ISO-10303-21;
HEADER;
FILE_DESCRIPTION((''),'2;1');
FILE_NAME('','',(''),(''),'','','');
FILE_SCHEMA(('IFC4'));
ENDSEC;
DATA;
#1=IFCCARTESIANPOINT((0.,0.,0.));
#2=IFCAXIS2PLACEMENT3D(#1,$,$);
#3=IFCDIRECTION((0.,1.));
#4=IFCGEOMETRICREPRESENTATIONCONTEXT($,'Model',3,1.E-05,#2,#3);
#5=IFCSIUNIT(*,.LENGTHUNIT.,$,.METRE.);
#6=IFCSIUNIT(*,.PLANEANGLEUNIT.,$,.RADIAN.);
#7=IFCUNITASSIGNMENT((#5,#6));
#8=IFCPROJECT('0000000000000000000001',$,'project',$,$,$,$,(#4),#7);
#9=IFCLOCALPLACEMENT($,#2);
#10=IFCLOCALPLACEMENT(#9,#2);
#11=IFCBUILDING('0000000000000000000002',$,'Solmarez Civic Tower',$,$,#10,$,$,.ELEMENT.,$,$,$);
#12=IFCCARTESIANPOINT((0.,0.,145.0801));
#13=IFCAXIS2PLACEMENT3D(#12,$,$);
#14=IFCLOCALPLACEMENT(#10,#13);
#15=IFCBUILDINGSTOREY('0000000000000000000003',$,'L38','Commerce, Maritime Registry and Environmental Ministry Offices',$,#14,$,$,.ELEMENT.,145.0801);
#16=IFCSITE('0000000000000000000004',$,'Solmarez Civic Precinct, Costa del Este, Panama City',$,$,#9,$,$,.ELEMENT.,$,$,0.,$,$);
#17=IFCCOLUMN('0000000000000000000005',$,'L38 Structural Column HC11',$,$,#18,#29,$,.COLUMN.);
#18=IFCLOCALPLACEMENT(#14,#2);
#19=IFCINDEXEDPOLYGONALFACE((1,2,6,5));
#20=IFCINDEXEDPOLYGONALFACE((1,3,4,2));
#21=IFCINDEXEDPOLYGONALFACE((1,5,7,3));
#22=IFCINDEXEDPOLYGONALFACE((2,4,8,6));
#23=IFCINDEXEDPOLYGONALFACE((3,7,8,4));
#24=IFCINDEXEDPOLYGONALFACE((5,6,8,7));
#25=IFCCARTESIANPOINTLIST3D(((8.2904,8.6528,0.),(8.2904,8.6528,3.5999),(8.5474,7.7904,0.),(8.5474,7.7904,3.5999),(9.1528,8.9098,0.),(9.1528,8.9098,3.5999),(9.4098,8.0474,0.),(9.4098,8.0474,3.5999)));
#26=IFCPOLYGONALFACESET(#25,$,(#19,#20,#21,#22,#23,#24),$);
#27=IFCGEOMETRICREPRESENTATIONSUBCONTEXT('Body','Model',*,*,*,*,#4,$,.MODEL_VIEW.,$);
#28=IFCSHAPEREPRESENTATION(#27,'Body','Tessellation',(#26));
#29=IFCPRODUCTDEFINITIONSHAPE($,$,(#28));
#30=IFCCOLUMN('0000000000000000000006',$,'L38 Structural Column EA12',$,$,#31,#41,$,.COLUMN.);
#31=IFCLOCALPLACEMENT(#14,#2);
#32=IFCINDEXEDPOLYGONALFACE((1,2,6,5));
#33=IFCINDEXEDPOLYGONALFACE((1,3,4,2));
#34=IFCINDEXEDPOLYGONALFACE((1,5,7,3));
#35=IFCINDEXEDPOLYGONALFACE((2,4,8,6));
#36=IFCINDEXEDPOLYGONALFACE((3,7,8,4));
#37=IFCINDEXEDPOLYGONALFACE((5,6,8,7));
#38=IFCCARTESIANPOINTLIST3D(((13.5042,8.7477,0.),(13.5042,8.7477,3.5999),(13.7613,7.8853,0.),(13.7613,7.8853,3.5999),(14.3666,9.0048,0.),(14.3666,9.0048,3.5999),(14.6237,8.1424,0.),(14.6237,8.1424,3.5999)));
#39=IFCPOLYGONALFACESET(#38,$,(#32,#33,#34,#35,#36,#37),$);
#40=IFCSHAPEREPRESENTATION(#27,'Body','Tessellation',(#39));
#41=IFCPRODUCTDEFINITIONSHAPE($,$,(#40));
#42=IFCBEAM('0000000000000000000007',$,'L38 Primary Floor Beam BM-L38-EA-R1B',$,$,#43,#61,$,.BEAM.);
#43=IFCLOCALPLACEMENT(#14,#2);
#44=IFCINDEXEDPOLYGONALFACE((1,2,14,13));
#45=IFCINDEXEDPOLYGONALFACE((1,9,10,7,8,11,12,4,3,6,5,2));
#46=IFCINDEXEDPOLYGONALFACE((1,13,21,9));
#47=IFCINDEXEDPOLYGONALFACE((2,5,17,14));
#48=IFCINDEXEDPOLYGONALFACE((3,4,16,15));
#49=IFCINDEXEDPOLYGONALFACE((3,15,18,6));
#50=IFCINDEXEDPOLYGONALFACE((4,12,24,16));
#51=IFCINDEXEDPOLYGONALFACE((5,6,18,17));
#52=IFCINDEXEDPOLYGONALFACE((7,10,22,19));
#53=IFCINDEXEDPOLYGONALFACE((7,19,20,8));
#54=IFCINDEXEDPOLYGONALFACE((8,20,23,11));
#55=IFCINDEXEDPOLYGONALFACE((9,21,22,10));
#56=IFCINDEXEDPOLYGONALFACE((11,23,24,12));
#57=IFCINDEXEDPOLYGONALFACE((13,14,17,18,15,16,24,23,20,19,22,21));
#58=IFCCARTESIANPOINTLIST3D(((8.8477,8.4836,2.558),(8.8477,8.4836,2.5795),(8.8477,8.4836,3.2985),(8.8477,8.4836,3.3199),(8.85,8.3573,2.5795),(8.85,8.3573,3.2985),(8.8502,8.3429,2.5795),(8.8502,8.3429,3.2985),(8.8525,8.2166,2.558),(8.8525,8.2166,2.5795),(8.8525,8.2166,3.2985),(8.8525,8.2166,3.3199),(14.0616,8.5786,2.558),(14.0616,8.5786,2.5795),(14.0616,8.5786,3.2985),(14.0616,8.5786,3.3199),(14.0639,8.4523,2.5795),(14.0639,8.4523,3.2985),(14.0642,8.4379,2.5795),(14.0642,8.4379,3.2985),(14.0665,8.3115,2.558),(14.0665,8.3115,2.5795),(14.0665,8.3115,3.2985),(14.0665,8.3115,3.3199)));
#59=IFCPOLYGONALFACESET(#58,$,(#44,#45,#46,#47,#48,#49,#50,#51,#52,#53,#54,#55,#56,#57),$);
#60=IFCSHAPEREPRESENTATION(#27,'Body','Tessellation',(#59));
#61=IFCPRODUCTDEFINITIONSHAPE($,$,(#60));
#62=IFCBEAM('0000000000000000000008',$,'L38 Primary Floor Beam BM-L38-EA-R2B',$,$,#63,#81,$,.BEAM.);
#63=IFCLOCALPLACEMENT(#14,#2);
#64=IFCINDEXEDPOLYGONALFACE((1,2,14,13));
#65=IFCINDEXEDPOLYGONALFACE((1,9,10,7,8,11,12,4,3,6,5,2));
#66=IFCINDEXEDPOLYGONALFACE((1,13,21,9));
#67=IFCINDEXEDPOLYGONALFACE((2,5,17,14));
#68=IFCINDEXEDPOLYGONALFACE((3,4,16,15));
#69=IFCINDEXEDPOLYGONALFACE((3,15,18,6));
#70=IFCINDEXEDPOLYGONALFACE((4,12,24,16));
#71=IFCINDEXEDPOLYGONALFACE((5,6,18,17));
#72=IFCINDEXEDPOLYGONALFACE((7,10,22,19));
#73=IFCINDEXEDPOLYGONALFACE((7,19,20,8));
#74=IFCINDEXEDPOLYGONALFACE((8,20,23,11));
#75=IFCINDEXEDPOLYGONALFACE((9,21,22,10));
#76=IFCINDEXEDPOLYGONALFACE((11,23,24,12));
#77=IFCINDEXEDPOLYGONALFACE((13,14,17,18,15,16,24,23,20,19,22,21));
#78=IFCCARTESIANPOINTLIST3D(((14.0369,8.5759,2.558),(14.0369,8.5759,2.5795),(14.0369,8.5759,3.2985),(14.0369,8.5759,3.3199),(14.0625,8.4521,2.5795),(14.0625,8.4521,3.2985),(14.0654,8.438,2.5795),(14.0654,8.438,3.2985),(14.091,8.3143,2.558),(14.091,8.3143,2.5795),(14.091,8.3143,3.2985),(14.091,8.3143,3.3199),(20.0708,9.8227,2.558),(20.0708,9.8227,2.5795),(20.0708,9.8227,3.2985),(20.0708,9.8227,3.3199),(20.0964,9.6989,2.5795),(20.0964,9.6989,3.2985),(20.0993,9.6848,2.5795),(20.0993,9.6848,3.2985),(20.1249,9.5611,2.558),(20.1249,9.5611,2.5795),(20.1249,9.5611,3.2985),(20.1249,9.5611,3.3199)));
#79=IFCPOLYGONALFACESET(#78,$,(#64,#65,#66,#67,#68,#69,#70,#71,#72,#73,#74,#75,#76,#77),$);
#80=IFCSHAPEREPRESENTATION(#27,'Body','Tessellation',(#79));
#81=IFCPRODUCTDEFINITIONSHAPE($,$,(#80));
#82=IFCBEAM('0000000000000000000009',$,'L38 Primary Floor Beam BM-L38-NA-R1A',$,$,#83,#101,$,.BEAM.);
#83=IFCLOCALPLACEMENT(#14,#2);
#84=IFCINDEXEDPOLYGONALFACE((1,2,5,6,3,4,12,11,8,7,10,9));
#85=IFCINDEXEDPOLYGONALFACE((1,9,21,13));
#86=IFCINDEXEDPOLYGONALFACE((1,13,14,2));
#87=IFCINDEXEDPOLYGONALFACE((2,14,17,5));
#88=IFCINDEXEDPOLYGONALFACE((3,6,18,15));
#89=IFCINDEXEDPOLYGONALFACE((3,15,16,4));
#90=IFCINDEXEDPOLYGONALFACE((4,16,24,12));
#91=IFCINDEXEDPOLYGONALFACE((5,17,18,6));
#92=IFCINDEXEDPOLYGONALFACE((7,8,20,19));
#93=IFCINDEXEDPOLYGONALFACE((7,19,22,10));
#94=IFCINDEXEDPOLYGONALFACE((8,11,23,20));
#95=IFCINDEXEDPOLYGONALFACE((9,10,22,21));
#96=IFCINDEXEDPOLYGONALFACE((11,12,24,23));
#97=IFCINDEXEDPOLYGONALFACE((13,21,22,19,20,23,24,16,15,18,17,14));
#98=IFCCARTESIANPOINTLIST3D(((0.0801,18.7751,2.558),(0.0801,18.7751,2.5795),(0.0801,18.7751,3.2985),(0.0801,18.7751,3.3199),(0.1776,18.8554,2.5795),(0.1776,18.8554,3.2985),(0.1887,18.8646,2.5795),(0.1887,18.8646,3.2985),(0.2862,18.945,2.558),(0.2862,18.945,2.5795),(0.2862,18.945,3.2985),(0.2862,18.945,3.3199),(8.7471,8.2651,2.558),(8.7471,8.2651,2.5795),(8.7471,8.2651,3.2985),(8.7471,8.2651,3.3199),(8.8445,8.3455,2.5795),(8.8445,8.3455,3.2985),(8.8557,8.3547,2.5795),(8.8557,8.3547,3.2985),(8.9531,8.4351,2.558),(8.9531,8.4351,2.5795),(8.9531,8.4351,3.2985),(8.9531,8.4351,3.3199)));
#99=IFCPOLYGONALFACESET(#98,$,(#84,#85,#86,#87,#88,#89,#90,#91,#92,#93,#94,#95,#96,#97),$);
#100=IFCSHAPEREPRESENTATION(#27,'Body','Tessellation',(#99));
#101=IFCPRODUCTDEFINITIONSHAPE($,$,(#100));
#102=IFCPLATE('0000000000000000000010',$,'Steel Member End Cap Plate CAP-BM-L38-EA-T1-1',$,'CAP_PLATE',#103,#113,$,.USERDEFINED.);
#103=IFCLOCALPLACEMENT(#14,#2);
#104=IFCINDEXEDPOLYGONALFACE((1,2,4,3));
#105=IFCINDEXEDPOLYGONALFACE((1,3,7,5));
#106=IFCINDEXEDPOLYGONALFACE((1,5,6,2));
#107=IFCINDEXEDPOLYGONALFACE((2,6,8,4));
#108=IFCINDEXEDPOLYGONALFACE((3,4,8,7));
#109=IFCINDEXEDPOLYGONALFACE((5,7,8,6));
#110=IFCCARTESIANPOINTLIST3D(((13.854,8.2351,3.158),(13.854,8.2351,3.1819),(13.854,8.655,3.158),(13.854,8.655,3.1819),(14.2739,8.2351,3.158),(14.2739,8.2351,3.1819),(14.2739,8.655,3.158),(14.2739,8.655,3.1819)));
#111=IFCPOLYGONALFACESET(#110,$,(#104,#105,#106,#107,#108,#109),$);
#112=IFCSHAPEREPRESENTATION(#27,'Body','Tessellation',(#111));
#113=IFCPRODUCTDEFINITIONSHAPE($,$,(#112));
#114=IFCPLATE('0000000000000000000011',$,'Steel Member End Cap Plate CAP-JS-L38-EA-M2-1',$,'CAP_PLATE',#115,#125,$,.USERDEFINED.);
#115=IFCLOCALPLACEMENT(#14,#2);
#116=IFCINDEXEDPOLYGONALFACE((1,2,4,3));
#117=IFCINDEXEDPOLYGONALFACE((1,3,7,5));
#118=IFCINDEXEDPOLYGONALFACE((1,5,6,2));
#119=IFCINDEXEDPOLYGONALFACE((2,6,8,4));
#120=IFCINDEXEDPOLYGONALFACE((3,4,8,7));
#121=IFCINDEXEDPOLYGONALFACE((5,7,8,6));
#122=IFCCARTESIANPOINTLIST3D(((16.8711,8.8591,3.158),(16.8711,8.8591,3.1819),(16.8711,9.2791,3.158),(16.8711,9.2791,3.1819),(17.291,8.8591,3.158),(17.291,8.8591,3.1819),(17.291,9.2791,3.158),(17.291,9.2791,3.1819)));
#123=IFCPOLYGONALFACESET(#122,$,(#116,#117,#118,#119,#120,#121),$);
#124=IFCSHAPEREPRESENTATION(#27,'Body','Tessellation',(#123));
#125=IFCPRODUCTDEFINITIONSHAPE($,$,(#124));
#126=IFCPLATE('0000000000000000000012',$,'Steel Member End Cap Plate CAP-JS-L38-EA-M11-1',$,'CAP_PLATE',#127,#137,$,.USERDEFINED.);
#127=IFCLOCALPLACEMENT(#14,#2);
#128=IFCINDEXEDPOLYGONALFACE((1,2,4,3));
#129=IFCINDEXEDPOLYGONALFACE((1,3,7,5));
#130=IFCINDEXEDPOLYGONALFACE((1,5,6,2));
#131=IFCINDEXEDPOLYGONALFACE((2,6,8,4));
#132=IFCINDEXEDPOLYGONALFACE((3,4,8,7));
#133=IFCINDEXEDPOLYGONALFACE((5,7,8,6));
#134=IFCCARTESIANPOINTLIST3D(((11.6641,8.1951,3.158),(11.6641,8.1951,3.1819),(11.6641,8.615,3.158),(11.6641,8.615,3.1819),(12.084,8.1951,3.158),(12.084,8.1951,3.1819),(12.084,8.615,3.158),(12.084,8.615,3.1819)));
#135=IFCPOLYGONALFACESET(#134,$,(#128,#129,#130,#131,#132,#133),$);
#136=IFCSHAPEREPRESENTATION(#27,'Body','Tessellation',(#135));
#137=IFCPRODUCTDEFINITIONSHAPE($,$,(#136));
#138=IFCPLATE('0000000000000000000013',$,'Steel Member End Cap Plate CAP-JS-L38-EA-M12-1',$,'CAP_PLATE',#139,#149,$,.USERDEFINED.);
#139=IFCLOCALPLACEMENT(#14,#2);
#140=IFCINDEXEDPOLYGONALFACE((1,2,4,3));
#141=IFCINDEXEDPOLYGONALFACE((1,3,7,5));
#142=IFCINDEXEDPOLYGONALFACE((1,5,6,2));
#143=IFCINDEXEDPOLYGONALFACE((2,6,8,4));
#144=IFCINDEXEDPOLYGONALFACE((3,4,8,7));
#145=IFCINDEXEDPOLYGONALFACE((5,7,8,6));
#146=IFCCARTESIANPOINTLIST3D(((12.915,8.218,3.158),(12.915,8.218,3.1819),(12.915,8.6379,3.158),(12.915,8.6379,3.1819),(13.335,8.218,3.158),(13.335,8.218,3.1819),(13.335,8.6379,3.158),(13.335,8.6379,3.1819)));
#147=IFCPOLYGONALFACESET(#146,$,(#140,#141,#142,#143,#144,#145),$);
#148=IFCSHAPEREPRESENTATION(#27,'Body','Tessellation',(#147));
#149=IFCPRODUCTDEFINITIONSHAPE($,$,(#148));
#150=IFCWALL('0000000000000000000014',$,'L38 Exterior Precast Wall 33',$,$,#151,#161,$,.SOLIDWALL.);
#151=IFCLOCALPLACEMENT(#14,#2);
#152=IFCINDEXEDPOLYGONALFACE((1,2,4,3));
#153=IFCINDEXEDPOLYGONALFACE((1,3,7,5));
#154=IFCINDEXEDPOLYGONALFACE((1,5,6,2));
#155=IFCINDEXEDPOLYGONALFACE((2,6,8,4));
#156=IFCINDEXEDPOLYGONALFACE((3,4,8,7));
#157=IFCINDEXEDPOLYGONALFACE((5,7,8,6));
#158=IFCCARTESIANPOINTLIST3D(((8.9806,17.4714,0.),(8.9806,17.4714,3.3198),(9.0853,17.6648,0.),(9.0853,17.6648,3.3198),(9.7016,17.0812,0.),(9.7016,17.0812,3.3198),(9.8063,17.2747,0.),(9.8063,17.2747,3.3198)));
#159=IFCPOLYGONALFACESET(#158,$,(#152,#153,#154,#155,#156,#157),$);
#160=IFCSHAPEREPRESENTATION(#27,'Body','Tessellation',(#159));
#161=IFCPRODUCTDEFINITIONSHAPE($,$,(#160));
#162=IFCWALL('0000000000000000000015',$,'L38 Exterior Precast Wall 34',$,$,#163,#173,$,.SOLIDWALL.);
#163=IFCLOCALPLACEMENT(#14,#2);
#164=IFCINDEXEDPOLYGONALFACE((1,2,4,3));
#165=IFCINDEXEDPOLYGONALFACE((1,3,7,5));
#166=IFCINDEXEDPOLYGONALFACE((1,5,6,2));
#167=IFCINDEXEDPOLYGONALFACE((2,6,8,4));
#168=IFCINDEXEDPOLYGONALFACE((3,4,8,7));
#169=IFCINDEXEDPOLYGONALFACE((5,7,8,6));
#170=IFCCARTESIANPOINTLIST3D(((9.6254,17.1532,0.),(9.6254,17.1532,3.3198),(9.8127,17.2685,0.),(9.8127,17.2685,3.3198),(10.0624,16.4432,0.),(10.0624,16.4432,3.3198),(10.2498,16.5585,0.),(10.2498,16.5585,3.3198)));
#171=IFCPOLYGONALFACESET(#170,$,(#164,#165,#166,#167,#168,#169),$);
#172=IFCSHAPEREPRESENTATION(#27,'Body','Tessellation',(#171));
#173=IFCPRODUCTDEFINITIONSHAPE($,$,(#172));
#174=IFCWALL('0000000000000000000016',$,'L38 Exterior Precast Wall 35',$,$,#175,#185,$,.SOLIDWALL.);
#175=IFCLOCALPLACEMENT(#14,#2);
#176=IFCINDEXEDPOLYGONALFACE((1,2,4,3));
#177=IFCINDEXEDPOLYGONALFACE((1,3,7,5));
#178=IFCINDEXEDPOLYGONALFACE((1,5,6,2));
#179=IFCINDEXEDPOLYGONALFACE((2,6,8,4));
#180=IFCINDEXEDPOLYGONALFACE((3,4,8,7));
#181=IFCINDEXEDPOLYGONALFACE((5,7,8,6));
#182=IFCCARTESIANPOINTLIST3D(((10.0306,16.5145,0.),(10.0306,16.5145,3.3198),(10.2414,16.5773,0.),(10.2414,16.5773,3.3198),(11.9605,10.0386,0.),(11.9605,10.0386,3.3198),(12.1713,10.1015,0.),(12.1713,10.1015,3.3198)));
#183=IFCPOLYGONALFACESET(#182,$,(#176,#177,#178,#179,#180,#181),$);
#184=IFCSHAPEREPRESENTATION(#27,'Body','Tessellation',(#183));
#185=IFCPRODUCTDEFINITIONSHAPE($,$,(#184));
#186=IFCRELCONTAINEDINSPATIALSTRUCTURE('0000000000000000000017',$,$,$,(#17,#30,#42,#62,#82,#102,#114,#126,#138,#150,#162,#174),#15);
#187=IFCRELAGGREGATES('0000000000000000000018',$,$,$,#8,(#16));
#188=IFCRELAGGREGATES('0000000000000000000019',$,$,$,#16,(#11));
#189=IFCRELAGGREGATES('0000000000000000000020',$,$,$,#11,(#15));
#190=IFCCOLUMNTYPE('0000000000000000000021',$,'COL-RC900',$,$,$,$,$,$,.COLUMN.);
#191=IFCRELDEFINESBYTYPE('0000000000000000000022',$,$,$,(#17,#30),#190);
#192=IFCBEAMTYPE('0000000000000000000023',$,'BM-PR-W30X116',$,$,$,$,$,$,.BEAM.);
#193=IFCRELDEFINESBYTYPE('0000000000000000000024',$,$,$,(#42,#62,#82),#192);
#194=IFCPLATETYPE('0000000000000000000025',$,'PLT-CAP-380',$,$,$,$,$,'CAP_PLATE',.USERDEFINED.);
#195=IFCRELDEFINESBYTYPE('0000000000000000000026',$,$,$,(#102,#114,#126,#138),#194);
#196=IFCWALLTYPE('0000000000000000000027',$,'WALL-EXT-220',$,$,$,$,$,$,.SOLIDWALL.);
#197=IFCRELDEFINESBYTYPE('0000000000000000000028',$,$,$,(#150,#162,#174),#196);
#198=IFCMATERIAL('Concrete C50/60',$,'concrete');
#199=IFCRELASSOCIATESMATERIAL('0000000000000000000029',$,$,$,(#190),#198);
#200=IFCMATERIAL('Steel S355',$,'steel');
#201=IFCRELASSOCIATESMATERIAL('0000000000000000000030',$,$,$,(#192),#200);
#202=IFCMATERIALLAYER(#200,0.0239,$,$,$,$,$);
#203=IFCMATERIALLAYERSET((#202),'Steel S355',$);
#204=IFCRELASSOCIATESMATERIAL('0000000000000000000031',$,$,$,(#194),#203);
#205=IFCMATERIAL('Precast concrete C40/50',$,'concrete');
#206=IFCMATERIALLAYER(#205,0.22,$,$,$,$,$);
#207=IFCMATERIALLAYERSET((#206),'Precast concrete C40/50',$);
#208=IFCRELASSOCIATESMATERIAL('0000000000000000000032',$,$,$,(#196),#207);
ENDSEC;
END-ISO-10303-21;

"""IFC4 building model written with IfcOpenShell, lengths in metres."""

from ifc_helpers import new_model, si_unit, direction, frame, frame_2d, origin, origin_2d, place, context, subcontext, project, spatial, rectangle, i_section, extrude, material, layer, layer_set, material_profile, profile_set, type_object, element, save


model = new_model("IFC4")

# Units and contexts
model_context = context("Model", 3, precision=1e-05, world=origin(), true_north=direction((0.0, 1.0)))
body_context = subcontext(model_context, "Body", "Model", "MODEL_VIEW")
ifc_project = project(units=[si_unit("LENGTHUNIT", "METRE"), si_unit("PLANEANGLEUNIT", "RADIAN")], contexts=[model_context])

# Site, building, storey
site_placement = place(None, origin())
site = spatial("IfcSite", under=ifc_project, at=site_placement, Name="Solmarez Civic Precinct, Costa del Este, Panama City", CompositionType="ELEMENT", RefElevation=0.0)
building_placement = place(site_placement, origin())
building = spatial("IfcBuilding", under=site, at=building_placement, Name="Solmarez Civic Tower", CompositionType="ELEMENT")
storey_placement = place(building_placement, frame((0.0, 0.0, 145.0801)))
storey = spatial("IfcBuildingStorey", under=building, at=storey_placement, Name="L38", Description="Commerce, Maritime Registry and Environmental Ministry Offices", CompositionType="ELEMENT", Elevation=145.0801)

# Columns
ifc_material_1 = material(Name="Concrete C50/60", Category="concrete")
ifc_material_profile_1 = material_profile(ifc_material_1, rectangle(XDim=0.8999, YDim=0.8999, at=origin_2d()), Name="RC900X900")
ifc_profile_set_1 = profile_set([ifc_material_profile_1], Name="Concrete C50/60")
column_type = type_object("IfcColumnType", Name="COL-RC900", PredefinedType="COLUMN", material=ifc_profile_set_1)
for number, where, z_axis, x_axis, name in (
    (1, (8.8501, 8.3501, 0.0), (0.0, 0.0, 1.0), (0.958323, 0.285688, 0.0), "L38 Structural Column HC11"),
    (2, (14.064, 8.4451, 0.0), (0.0, 0.0, 1.0), (0.958323, 0.285688, 0.0), "L38 Structural Column EA12"),
):
    element("IfcColumn", number, at=place(storey_placement, frame(where, z_axis=z_axis, x_axis=x_axis)), inside=storey, type_object=column_type, Name=name, PredefinedType="COLUMN", context=body_context, shape_type="SweptSolid", body=[
        extrude(rectangle(XDim=0.8999, YDim=0.8999, at=origin_2d()), origin(), (0.0, 0.0, 1.0), 3.5999),
    ])

# Beams
ifc_material_2 = material(Name="Steel S355", Category="steel")
ifc_material_profile_2 = material_profile(ifc_material_2, i_section(OverallWidth=0.2671, OverallDepth=0.762, WebThickness=0.0144, FlangeThickness=0.0215, at=origin_2d()), Name="W30X116")
ifc_profile_set_2 = profile_set([ifc_material_profile_2], Name="Steel S355")
beam_type = type_object("IfcBeamType", Name="BM-PR-W30X116", PredefinedType="BEAM", material=ifc_profile_set_2)
beam_1_placement = place(storey_placement, frame((8.8501, 8.3501, 2.939), z_axis=(0.999834, 0.018212, 0.0), x_axis=(-0.018212, 0.999834, 0.0)))
element("IfcBeam", 3, at=beam_1_placement, inside=storey, type_object=beam_type, Name="L38 Primary Floor Beam BM-L38-EA-R1B", PredefinedType="BEAM", context=body_context, shape_type="SweptSolid", body=[
    extrude(i_section(OverallWidth=0.2671, OverallDepth=0.762, WebThickness=0.0144, FlangeThickness=0.0215, at=origin_2d()), origin(), (0.0, 0.0, 1.0), 5.2148),
])
beam_2_placement = place(storey_placement, frame((14.064, 8.4451, 2.939), z_axis=(0.979311, 0.202361, 0.0), x_axis=(-0.202361, 0.979311, 0.0)))
element("IfcBeam", 4, at=beam_2_placement, inside=storey, type_object=beam_type, Name="L38 Primary Floor Beam BM-L38-EA-R2B", PredefinedType="BEAM", context=body_context, shape_type="SweptSolid", body=[
    extrude(i_section(OverallWidth=0.2671, OverallDepth=0.762, WebThickness=0.0144, FlangeThickness=0.0215, at=origin_2d()), origin(), (0.0, 0.0, 1.0), 6.1614),
])
beam_3_placement = place(storey_placement, frame((8.8501, 8.3501, 2.939), z_axis=(-0.636218, 0.771509, 0.0), x_axis=(-0.771509, -0.636218, 0.0)))
element("IfcBeam", 5, at=beam_3_placement, inside=storey, type_object=beam_type, Name="L38 Primary Floor Beam BM-L38-NA-R1A", PredefinedType="BEAM", context=body_context, shape_type="SweptSolid", body=[
    extrude(i_section(OverallWidth=0.2671, OverallDepth=0.762, WebThickness=0.0144, FlangeThickness=0.0215, at=origin_2d()), origin(), (0.0, 0.0, 1.0), 13.6226),
])

# Plates
ifc_layer_1 = layer(ifc_material_2, 0.0239)
ifc_layer_set_1 = layer_set([ifc_layer_1], Name="Steel S355")
plate_type = type_object("IfcPlateType", Name="PLT-CAP-380", ElementType="CAP_PLATE", PredefinedType="USERDEFINED", material=ifc_layer_set_1)
for number, where, z_axis, x_axis, name in (
    (6, (14.064, 8.4451, 3.158), (0.0, 0.0, 1.0), (1.0, 0.0, 0.0), "Steel Member End Cap Plate CAP-BM-L38-EA-T1-1"),
    (7, (17.0811, 9.0691, 3.158), (0.0, 0.0, 1.0), (1.0, 0.0, 0.0), "Steel Member End Cap Plate CAP-JS-L38-EA-M2-1"),
    (8, (11.874, 8.405, 3.158), (0.0, 0.0, 1.0), (1.0, 0.0, 0.0), "Steel Member End Cap Plate CAP-JS-L38-EA-M11-1"),
    (9, (13.125, 8.428, 3.158), (0.0, 0.0, 1.0), (1.0, 0.0, 0.0), "Steel Member End Cap Plate CAP-JS-L38-EA-M12-1"),
):
    element("IfcPlate", number, at=place(storey_placement, frame(where, z_axis=z_axis, x_axis=x_axis)), inside=storey, type_object=plate_type, Name=name, ObjectType="CAP_PLATE", PredefinedType="USERDEFINED", context=body_context, shape_type="SweptSolid", body=[
        extrude(rectangle(XDim=0.4199, YDim=0.4199, at=origin_2d()), origin(), (0.0, 0.0, 1.0), 0.0239),
    ])

# Walls
ifc_material_3 = material(Name="Precast concrete C40/50", Category="concrete")
ifc_layer_2 = layer(ifc_material_3, 0.22)
ifc_layer_set_2 = layer_set([ifc_layer_2], Name="Precast concrete C40/50")
wall_type_1 = type_object("IfcWallType", Name="WALL-EXT-220", PredefinedType="SOLIDWALL", material=ifc_layer_set_2)
wall_1_placement = place(storey_placement, frame((9.033, 17.5681, 0.0), z_axis=(0.0, 0.0, 1.0), x_axis=(0.879484, -0.475928, 0.0)))
element("IfcWall", 10, at=wall_1_placement, inside=storey, type_object=wall_type_1, Name="L38 Exterior Precast Wall 33", PredefinedType="SOLIDWALL", context=body_context, shape_type="SweptSolid", body=[
    extrude(rectangle(XDim=0.8198, YDim=0.22, at=frame_2d((0.4099, 0.0))), origin(), (0.0, 0.0, 1.0), 3.3198),
])
wall_2_placement = place(storey_placement, frame((9.719, 17.2109, 0.0), z_axis=(0.0, 0.0, 1.0), x_axis=(0.524195, -0.851598, 0.0)))
element("IfcWall", 11, at=wall_2_placement, inside=storey, type_object=wall_type_1, Name="L38 Exterior Precast Wall 34", PredefinedType="SOLIDWALL", context=body_context, shape_type="SweptSolid", body=[
    extrude(rectangle(XDim=0.8337, YDim=0.22, at=frame_2d((0.417, 0.0))), origin(), (0.0, 0.0, 1.0), 3.3198),
])
wall_3_placement = place(storey_placement, frame((10.136, 16.5459, 0.0), z_axis=(0.0, 0.0, 1.0), x_axis=(0.285607, -0.958347, 0.0)))
element("IfcWall", 12, at=wall_3_placement, inside=storey, type_object=wall_type_1, Name="L38 Exterior Precast Wall 35", PredefinedType="SOLIDWALL", context=body_context, shape_type="SweptSolid", body=[
    extrude(rectangle(XDim=6.7573, YDim=0.22, at=frame_2d((3.3787, 0.0))), origin(), (0.0, 0.0, 1.0), 3.3198),
])

save(model, "model.ifc")
